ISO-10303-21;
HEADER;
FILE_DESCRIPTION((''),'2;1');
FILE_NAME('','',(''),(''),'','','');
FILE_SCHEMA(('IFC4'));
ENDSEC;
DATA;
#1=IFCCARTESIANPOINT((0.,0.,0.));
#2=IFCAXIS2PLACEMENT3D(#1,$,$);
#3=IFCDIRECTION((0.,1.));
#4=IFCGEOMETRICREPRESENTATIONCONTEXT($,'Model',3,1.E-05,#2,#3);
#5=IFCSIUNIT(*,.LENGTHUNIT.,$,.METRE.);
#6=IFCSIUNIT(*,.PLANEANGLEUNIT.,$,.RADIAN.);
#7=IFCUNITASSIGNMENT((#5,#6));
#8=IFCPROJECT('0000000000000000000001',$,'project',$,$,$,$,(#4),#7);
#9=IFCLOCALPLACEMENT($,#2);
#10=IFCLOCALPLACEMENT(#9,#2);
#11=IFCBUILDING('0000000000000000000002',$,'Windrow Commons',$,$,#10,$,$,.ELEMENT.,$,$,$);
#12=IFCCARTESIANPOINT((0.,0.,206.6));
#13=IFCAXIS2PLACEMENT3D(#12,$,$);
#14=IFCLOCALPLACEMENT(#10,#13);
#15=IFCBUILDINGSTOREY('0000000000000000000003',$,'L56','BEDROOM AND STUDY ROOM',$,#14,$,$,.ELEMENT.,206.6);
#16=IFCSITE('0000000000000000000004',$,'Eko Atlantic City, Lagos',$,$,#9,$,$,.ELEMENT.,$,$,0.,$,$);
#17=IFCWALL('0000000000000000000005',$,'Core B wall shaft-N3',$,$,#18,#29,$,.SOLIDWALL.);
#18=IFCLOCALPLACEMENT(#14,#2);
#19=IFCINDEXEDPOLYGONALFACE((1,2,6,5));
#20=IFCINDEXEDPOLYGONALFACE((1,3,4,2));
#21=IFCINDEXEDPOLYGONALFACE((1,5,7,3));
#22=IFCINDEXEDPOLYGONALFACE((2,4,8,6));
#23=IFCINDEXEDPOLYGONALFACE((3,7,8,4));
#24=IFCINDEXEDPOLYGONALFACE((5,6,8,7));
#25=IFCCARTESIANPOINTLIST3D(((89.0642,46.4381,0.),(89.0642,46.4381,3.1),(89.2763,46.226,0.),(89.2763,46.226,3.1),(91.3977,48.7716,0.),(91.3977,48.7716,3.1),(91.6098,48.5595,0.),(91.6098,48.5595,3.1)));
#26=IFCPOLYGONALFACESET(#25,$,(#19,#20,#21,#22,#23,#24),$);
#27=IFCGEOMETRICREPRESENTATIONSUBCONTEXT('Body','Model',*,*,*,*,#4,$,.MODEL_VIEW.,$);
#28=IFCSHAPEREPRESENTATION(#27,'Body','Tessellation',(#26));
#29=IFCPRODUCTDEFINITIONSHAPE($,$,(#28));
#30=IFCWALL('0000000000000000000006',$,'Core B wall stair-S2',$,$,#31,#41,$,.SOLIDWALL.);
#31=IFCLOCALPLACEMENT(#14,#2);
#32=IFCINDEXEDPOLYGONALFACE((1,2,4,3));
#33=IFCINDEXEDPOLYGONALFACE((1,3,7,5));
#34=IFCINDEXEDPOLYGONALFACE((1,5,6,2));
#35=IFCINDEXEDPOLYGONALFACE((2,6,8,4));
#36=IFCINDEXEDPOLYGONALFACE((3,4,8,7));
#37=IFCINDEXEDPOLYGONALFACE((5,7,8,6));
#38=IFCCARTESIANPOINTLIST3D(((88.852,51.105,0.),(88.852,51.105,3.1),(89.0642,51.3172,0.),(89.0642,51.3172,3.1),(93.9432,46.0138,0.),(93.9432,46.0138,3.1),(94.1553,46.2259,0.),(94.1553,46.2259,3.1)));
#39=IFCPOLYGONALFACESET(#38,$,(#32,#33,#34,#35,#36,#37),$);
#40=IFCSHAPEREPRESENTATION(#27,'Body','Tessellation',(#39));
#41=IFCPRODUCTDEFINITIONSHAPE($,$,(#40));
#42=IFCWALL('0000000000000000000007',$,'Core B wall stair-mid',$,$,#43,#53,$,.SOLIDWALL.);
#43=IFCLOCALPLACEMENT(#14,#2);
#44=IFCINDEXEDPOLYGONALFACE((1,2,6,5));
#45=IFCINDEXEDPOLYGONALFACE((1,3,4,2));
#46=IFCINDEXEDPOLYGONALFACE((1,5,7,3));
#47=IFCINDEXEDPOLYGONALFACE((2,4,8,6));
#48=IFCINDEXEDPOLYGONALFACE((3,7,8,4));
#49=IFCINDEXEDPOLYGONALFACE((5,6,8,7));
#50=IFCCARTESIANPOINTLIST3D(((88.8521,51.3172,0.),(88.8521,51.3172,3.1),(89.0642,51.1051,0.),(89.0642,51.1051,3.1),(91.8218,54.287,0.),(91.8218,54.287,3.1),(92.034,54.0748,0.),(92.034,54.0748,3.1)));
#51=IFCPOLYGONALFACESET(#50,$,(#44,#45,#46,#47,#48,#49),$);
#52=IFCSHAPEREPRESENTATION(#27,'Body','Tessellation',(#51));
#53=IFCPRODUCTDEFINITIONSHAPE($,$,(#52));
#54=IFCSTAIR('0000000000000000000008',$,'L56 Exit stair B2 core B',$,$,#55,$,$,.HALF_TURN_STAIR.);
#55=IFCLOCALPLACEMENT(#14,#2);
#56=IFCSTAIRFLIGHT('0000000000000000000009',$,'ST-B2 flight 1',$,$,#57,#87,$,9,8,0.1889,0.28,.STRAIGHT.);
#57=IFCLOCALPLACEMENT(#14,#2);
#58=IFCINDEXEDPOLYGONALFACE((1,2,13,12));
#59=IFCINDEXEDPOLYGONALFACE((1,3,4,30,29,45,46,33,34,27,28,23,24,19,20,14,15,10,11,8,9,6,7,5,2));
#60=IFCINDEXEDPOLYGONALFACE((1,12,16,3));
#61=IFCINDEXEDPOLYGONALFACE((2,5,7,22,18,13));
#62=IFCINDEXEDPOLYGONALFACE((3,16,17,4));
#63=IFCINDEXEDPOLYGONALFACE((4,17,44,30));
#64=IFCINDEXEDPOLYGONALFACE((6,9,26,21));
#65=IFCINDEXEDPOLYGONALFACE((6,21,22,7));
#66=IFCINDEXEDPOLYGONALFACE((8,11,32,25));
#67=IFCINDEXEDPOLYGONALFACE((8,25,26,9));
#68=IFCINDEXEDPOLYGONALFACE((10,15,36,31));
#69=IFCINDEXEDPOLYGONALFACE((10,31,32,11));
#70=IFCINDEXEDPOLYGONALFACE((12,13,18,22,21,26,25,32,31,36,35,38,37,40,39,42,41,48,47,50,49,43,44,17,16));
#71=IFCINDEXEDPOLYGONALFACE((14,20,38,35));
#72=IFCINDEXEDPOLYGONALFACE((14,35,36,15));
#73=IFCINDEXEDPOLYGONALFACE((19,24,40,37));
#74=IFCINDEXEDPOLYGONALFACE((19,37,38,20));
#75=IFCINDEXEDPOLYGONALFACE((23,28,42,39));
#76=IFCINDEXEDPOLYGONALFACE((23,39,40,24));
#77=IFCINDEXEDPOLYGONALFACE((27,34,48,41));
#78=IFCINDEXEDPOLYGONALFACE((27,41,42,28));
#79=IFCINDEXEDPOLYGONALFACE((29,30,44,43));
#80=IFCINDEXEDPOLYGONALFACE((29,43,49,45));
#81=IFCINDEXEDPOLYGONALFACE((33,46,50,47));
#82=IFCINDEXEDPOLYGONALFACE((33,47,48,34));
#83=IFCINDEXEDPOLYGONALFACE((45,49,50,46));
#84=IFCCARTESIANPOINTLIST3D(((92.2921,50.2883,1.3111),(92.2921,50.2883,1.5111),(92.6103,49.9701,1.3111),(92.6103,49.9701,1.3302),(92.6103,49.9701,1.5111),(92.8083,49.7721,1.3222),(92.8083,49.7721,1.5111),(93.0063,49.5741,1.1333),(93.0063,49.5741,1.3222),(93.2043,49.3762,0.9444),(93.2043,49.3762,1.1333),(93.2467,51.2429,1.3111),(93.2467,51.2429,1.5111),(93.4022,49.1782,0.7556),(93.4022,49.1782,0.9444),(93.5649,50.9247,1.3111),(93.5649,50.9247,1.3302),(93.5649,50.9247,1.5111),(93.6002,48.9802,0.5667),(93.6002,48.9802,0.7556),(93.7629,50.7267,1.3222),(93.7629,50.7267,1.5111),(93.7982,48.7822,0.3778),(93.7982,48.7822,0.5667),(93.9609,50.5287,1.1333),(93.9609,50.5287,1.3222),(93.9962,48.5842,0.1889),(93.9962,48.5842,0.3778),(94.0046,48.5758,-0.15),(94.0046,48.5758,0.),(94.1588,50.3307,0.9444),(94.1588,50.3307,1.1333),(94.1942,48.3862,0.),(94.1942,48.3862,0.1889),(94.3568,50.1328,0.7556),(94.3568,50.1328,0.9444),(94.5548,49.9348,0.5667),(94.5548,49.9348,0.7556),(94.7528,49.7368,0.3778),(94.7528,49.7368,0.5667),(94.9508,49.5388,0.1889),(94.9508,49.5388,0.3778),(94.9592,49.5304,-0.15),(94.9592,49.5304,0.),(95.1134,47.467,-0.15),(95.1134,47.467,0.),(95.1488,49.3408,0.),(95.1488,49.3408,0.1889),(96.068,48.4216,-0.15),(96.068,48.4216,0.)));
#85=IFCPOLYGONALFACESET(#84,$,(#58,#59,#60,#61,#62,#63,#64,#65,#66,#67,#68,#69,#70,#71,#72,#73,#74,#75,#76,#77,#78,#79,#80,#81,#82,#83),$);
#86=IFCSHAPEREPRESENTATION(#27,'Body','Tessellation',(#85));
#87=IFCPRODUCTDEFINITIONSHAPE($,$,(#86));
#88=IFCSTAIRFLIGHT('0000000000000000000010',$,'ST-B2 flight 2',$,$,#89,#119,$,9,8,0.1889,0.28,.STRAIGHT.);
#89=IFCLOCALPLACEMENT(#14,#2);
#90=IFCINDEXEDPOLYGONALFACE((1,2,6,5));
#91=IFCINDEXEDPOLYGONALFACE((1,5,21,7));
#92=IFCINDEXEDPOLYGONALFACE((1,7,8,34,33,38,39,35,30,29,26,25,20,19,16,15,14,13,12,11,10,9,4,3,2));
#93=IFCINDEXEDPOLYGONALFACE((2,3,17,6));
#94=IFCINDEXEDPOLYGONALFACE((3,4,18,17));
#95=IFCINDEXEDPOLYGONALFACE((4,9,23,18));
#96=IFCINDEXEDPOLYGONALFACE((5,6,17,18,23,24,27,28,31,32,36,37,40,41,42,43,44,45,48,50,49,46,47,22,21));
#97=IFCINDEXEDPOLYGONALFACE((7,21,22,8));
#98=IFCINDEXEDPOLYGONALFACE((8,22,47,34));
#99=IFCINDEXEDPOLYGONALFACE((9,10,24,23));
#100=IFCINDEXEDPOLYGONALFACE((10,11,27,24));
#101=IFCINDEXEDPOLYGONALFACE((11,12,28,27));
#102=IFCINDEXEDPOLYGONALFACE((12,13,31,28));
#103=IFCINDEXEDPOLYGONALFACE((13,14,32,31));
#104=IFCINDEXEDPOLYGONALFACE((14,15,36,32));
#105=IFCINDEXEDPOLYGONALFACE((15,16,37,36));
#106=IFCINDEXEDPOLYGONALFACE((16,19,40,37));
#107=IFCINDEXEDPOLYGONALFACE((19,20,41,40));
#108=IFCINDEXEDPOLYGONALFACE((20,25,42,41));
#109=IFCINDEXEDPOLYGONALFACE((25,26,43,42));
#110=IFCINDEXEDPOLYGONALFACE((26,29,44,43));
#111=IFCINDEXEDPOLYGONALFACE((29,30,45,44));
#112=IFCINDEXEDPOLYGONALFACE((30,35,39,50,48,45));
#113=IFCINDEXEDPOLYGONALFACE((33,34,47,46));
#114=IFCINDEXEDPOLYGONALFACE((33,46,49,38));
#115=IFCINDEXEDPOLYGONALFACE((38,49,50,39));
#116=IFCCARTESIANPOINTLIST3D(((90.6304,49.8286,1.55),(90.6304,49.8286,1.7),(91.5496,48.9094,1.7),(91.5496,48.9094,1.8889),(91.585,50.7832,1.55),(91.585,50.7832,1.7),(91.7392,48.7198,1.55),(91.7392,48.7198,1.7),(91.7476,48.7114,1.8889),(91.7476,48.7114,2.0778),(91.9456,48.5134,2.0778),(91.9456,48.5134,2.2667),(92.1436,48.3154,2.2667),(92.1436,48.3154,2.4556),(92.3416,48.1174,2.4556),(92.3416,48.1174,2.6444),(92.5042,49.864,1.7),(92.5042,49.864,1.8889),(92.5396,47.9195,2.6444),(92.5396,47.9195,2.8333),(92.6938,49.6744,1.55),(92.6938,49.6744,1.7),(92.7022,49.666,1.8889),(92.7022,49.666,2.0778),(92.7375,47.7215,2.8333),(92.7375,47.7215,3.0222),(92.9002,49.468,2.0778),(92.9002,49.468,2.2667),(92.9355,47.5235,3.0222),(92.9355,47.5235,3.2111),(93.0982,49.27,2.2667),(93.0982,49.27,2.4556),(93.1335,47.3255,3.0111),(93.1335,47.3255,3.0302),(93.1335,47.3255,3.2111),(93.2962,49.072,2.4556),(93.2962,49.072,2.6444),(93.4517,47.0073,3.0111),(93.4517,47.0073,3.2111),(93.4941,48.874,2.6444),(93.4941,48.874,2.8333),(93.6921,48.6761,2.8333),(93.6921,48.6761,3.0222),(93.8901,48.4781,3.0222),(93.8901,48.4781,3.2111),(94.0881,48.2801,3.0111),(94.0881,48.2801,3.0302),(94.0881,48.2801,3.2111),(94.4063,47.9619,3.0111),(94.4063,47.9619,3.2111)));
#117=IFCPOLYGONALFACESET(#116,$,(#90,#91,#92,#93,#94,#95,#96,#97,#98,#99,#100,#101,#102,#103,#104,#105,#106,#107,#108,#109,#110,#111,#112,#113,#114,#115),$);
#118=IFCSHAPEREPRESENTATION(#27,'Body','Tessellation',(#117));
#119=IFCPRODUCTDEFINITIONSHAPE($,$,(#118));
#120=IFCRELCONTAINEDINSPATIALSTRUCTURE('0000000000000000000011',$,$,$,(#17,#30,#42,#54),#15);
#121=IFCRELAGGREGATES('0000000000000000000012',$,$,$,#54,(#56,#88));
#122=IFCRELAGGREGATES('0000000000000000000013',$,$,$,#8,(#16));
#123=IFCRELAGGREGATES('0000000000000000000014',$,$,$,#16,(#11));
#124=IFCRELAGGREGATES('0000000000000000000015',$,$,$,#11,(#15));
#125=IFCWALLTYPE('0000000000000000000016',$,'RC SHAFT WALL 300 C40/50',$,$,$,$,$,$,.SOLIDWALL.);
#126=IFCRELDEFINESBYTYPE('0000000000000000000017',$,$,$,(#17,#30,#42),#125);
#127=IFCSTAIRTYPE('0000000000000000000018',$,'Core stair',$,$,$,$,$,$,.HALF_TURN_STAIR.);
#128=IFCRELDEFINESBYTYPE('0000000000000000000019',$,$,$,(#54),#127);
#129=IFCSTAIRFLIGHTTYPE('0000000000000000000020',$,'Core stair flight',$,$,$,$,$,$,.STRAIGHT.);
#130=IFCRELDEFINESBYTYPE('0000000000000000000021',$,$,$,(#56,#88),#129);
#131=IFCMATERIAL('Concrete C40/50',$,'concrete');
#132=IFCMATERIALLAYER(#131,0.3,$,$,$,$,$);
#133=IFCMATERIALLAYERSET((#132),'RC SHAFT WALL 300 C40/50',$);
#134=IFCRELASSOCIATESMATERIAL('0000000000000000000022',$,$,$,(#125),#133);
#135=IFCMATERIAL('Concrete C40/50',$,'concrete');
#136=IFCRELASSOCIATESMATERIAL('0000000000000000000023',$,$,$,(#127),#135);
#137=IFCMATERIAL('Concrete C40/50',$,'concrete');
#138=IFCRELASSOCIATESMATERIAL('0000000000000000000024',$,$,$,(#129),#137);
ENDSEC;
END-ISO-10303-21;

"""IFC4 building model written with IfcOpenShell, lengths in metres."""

from ifc_helpers import new_model, si_unit, direction, frame, frame_2d, origin, place, context, subcontext, project, spatial, polyline, rectangle, outline, extrude, material, layer, layer_set, type_object, element, aggregate, save


model = new_model("IFC4")

# Units and contexts
model_context = context("Model", 3, precision=1e-05, world=origin(), true_north=direction((0.0, 1.0)))
body_context = subcontext(model_context, "Body", "Model", "MODEL_VIEW")
ifc_project = project(units=[si_unit("LENGTHUNIT", "METRE"), si_unit("PLANEANGLEUNIT", "RADIAN")], contexts=[model_context])

# Site, building, storey
site_placement = place(None, origin())
site = spatial("IfcSite", under=ifc_project, at=site_placement, Name="Eko Atlantic City, Lagos", CompositionType="ELEMENT", RefElevation=0.0)
building_placement = place(site_placement, origin())
building = spatial("IfcBuilding", under=site, at=building_placement, Name="Windrow Commons", CompositionType="ELEMENT")
storey_placement = place(building_placement, frame((0.0, 0.0, 206.6)))
storey = spatial("IfcBuildingStorey", under=building, at=storey_placement, Name="L56", Description="BEDROOM AND STUDY ROOM", CompositionType="ELEMENT", Elevation=206.6)

# Walls
ifc_material_1 = material(Name="Concrete C40/50", Category="concrete")
ifc_layer_1 = layer(ifc_material_1, 0.3)
ifc_layer_set_1 = layer_set([ifc_layer_1], Name="RC SHAFT WALL 300 C40/50")
wall_type_1 = type_object("IfcWallType", Name="RC SHAFT WALL 300 C40/50", PredefinedType="SOLIDWALL", material=ifc_layer_set_1)
for number, where, z_axis, x_axis, name in (
    (1, (89.1702, 46.332, 0.0), (0.0, 0.0, 1.0), (0.707107, 0.707107, 0.0), "Core B wall shaft-N3"),
):
    element("IfcWall", number, at=place(storey_placement, frame(where, z_axis=z_axis, x_axis=x_axis)), inside=storey, type_object=wall_type_1, Name=name, PredefinedType="SOLIDWALL", context=body_context, shape_type="SweptSolid", body=[
        extrude(rectangle(XDim=3.3001, YDim=0.3, at=frame_2d((1.6501, 0.0))), origin(), (0.0, 0.0, 1.0), 3.1),
    ])
wall_1_placement = place(storey_placement, frame((88.9581, 51.2111, 0.0), z_axis=(0.0, 0.0, 1.0), x_axis=(0.7071, -0.707114, 0.0)))
element("IfcWall", 2, at=wall_1_placement, inside=storey, type_object=wall_type_1, Name="Core B wall stair-S2", PredefinedType="SOLIDWALL", context=body_context, shape_type="SweptSolid", body=[
    extrude(rectangle(XDim=7.2, YDim=0.3, at=frame_2d((3.6, 0.0))), origin(), (0.0, 0.0, 1.0), 3.1),
])
wall_2_placement = place(storey_placement, frame((88.9581, 51.2111, 0.0), z_axis=(0.0, 0.0, 1.0), x_axis=(0.707107, 0.707107, 0.0)))
element("IfcWall", 3, at=wall_2_placement, inside=storey, type_object=wall_type_1, Name="Core B wall stair-mid", PredefinedType="SOLIDWALL", context=body_context, shape_type="SweptSolid", body=[
    extrude(rectangle(XDim=4.1999, YDim=0.3, at=frame_2d((2.1, 0.0))), origin(), (0.0, 0.0, 1.0), 3.1),
])

# Stair, stair flights
ifc_material_2 = material(Name="Concrete C40/50", Category="concrete")
stair_type = type_object("IfcStairType", Name="Core stair", PredefinedType="HALF_TURN_STAIR", material=ifc_material_2)
stair_placement = place(storey_placement, origin())
stair = element("IfcStair", 4, at=stair_placement, inside=storey, type_object=stair_type, Name="L56 Exit stair B2 core B", PredefinedType="HALF_TURN_STAIR")
ifc_material_3 = material(Name="Concrete C40/50", Category="concrete")
stair_flight_type = type_object("IfcStairFlightType", Name="Core stair flight", PredefinedType="STRAIGHT", material=ifc_material_3)
stair_flight_1_placement = place(storey_placement, frame((94.6715, 48.8635, 0.0), z_axis=(0.0, 0.0, 1.0), x_axis=(-0.707107, 0.707107, 0.0)))
stair_flight_1 = element("IfcStairFlight", 5, at=stair_flight_1_placement, type_object=stair_flight_type, Name="ST-B2 flight 1", NumberOfRisers=9, NumberOfTreads=8, PredefinedType="STRAIGHT", RiserHeight=0.1889, TreadLength=0.28, context=body_context, shape_type="SweptSolid", body=[
    extrude(outline(polyline([(-1.3, -0.15), (-1.3, 0.0), (0.0, 0.0), (0.0, 0.1889), (0.28, 0.1889), (0.28, 0.3778), (0.56, 0.3778), (0.56, 0.5667), (0.84, 0.5667), (0.84, 0.7556), (1.12, 0.7556), (1.12, 0.9444), (1.4, 0.9444), (1.4, 1.1333), (1.68, 1.1333), (1.68, 1.3222), (1.96, 1.3222), (1.96, 1.5111), (2.24, 1.5111), (2.69, 1.5111), (2.69, 1.3111), (2.24, 1.3111), (2.24, 1.3302), (0.2682, 0.0), (0.2682, -0.15), (-1.3, -0.15)])), frame((0.0, 0.675, 0.0), z_axis=(0.0, -1.0, 0.0), x_axis=(1.0, 0.0, 0.0)), (0.0, 0.0, 1.0), 1.35),
])
stair_flight_2_placement = place(storey_placement, frame((92.0269, 49.3867, 1.7), z_axis=(0.0, 0.0, 1.0), x_axis=(0.707107, -0.707107, 0.0)))
stair_flight_2 = element("IfcStairFlight", 6, at=stair_flight_2_placement, type_object=stair_flight_type, Name="ST-B2 flight 2", NumberOfRisers=9, NumberOfTreads=8, PredefinedType="STRAIGHT", RiserHeight=0.1889, TreadLength=0.28, context=body_context, shape_type="SweptSolid", body=[
    extrude(outline(polyline([(-1.3, -0.15), (-1.3, 0.0), (0.0, 0.0), (0.0, 0.1889), (0.28, 0.1889), (0.28, 0.3778), (0.56, 0.3778), (0.56, 0.5667), (0.84, 0.5667), (0.84, 0.7556), (1.12, 0.7556), (1.12, 0.9444), (1.4, 0.9444), (1.4, 1.1333), (1.68, 1.1333), (1.68, 1.3222), (1.96, 1.3222), (1.96, 1.5111), (2.24, 1.5111), (2.69, 1.5111), (2.69, 1.3111), (2.24, 1.3111), (2.24, 1.3302), (0.2682, 0.0), (0.2682, -0.15), (-1.3, -0.15)])), frame((0.0, 0.675, 0.0), z_axis=(0.0, -1.0, 0.0), x_axis=(1.0, 0.0, 0.0)), (0.0, 0.0, 1.0), 1.35),
])
aggregate(stair, [stair_flight_1, stair_flight_2])

save(model, "model.ifc")
